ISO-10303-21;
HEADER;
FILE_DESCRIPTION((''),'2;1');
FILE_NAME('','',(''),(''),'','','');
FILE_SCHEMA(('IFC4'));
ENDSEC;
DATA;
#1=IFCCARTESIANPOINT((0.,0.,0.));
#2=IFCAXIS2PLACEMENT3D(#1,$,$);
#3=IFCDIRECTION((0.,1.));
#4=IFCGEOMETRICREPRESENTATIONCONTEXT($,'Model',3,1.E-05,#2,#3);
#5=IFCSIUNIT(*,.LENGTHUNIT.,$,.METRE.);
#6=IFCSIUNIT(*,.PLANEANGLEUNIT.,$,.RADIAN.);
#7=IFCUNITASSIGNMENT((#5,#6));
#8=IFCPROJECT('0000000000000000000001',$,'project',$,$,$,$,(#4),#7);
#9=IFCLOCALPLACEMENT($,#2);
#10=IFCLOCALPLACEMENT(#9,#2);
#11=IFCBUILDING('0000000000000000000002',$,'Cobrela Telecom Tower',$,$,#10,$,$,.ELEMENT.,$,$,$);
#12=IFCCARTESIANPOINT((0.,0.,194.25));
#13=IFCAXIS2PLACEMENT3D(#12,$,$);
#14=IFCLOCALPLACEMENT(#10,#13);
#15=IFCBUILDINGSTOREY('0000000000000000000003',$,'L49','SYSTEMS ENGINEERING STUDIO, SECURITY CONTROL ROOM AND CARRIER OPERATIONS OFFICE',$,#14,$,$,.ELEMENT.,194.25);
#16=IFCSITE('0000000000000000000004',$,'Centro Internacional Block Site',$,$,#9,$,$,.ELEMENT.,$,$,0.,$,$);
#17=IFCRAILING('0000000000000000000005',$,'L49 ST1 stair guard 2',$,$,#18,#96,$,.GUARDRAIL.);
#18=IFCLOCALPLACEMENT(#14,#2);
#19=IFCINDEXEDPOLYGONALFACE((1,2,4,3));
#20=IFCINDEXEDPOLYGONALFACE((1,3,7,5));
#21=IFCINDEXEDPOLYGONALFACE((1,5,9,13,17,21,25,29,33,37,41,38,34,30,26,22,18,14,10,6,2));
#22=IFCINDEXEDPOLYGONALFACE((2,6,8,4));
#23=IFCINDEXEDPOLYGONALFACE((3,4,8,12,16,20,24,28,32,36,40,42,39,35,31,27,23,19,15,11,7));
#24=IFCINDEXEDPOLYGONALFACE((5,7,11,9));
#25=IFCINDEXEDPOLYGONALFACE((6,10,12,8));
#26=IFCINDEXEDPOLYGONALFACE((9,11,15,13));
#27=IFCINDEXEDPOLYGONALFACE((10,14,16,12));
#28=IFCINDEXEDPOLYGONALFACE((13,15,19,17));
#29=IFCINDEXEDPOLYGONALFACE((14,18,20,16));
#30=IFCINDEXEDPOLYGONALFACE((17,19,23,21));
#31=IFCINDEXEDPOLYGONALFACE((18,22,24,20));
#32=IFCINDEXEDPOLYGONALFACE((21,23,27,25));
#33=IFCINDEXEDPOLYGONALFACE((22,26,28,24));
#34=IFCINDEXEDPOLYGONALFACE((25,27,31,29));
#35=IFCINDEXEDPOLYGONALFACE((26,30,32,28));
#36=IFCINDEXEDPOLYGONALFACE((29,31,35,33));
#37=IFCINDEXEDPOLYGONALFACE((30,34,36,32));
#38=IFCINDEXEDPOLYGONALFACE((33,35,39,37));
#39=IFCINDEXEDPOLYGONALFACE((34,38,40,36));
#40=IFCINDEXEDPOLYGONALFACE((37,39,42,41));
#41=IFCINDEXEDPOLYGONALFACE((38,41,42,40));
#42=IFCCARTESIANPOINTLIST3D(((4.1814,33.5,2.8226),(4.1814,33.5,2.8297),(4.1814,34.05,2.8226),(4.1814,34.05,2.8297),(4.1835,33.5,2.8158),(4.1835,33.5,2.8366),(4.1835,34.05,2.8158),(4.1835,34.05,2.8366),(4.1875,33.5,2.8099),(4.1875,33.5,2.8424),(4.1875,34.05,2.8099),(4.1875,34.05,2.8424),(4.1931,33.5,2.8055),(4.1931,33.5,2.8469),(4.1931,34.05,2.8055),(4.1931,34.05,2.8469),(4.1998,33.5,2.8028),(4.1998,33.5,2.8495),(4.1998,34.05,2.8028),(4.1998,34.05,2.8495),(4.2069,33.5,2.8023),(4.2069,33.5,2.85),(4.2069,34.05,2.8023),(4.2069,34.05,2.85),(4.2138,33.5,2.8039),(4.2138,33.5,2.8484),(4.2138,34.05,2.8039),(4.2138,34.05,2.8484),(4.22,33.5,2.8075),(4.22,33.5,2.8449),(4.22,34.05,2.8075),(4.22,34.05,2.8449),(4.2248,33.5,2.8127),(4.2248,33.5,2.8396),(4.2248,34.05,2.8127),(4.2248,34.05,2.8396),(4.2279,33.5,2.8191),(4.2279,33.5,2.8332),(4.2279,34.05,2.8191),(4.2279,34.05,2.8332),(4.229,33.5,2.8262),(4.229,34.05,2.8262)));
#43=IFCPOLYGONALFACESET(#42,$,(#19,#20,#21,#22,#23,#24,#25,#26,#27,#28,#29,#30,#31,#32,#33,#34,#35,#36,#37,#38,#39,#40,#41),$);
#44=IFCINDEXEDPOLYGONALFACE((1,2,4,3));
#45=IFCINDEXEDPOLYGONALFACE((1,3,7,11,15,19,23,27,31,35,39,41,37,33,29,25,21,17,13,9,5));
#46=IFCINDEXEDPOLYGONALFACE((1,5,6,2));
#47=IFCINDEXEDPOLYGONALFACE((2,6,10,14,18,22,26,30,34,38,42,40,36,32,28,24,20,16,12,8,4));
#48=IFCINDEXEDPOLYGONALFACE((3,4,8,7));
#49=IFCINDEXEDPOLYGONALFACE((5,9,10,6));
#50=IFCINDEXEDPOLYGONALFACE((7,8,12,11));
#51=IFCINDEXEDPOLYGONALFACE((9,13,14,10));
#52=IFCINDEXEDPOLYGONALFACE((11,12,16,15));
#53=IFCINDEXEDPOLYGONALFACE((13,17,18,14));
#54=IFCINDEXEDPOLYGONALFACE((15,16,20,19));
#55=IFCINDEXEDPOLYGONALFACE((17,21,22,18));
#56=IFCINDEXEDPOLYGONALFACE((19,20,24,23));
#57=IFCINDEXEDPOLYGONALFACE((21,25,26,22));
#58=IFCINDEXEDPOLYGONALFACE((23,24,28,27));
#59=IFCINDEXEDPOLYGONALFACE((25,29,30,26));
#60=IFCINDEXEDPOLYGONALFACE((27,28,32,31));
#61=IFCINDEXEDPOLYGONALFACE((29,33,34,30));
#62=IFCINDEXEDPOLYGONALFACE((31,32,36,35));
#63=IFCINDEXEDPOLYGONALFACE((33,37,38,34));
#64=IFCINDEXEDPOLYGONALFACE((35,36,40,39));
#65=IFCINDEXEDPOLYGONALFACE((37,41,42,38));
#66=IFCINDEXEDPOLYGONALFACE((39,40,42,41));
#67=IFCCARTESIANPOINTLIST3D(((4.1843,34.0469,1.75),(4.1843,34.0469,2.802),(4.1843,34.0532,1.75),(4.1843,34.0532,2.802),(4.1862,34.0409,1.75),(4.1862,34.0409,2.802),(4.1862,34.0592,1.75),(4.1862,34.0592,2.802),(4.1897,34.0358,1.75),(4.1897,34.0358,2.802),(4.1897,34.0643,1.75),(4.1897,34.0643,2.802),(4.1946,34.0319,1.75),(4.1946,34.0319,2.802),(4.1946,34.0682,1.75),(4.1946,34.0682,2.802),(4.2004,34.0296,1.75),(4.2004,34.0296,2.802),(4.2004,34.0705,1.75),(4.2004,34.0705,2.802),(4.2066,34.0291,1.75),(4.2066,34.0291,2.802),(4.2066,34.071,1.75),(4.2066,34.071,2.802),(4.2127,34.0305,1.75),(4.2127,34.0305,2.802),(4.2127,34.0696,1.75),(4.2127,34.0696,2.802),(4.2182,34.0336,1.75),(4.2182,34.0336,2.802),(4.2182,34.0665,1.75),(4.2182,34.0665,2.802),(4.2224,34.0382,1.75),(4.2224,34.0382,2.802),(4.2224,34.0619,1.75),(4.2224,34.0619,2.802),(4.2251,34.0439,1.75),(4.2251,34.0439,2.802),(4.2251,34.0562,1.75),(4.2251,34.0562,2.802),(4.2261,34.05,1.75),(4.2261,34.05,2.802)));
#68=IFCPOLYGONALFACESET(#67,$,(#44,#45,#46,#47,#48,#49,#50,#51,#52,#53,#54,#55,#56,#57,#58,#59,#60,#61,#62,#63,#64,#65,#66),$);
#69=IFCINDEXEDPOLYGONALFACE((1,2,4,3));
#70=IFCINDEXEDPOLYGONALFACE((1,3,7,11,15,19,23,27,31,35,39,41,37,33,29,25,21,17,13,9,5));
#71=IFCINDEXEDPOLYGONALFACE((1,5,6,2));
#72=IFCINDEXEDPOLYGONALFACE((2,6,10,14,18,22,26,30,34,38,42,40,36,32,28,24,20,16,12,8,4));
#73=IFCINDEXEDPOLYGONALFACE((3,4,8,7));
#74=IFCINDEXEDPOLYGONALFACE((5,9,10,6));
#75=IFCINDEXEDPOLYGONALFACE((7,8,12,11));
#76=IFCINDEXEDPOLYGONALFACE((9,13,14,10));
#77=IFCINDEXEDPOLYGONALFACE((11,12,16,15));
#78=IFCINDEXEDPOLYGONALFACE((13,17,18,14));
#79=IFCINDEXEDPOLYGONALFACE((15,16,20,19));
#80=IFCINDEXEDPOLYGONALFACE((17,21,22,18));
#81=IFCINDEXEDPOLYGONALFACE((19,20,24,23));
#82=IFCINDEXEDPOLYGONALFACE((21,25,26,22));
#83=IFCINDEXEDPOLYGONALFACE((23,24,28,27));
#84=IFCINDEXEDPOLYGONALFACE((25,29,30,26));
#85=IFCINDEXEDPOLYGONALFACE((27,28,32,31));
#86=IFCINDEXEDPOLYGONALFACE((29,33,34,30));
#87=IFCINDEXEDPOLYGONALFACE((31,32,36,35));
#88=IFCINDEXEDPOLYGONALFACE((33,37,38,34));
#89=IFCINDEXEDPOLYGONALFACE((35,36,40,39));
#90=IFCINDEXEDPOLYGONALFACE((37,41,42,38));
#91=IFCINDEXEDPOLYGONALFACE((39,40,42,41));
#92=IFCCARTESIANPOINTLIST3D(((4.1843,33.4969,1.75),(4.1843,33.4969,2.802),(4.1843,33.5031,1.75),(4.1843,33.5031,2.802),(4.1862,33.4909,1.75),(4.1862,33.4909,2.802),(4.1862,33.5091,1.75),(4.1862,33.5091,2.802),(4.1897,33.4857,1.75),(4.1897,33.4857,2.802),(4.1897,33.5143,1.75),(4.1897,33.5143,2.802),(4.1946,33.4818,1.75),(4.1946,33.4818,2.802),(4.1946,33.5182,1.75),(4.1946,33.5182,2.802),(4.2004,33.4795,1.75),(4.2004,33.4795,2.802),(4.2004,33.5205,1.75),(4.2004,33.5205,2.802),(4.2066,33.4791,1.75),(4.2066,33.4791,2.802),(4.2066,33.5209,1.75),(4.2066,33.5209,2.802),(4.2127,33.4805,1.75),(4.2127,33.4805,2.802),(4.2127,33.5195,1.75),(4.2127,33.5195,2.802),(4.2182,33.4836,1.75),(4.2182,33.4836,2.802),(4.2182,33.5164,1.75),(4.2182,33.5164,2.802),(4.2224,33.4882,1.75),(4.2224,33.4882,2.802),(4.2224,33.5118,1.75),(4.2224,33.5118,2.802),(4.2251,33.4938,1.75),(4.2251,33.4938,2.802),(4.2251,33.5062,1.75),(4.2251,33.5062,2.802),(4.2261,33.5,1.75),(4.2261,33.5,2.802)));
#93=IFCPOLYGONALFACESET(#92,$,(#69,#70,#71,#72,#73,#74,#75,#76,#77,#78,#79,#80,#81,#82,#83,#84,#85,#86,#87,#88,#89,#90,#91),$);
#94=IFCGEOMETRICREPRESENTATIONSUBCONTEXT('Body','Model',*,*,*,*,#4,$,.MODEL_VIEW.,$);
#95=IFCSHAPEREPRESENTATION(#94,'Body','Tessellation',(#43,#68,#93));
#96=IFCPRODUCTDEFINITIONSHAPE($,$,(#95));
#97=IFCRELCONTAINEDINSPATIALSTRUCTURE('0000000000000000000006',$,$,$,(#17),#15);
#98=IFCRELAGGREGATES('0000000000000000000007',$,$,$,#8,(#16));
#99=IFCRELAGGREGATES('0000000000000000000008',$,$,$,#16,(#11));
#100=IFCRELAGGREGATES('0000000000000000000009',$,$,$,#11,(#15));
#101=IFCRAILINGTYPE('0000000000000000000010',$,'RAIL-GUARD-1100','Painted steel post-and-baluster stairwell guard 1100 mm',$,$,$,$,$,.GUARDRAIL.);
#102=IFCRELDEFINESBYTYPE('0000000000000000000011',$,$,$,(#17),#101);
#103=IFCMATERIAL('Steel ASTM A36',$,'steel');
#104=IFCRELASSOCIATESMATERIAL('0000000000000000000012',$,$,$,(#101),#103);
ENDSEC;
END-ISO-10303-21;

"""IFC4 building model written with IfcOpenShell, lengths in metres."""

from ifc_helpers import new_model, si_unit, direction, frame, origin, origin_2d, place, context, subcontext, project, spatial, circle, extrude, material, type_object, element, save


model = new_model("IFC4")

# Units and contexts
model_context = context("Model", 3, precision=1e-05, world=origin(), true_north=direction((0.0, 1.0)))
body_context = subcontext(model_context, "Body", "Model", "MODEL_VIEW")
ifc_project = project(units=[si_unit("LENGTHUNIT", "METRE"), si_unit("PLANEANGLEUNIT", "RADIAN")], contexts=[model_context])

# Site, building, storey
site_placement = place(None, origin())
site = spatial("IfcSite", under=ifc_project, at=site_placement, Name="Centro Internacional Block Site", CompositionType="ELEMENT", RefElevation=0.0)
building_placement = place(site_placement, origin())
building = spatial("IfcBuilding", under=site, at=building_placement, Name="Cobrela Telecom Tower", CompositionType="ELEMENT")
storey_placement = place(building_placement, frame((0.0, 0.0, 194.25)))
storey = spatial("IfcBuildingStorey", under=building, at=storey_placement, Name="L49", Description="SYSTEMS ENGINEERING STUDIO, SECURITY CONTROL ROOM AND CARRIER OPERATIONS OFFICE", CompositionType="ELEMENT", Elevation=194.25)

# Shared definitions
ifc_material_1 = material(Name="Steel ASTM A36", Category="steel")

# Railing
railing_type_1 = type_object("IfcRailingType", Name="RAIL-GUARD-1100", Description="Painted steel post-and-baluster stairwell guard 1100 mm", PredefinedType="GUARDRAIL", material=ifc_material_1)
railing_1_placement = place(storey_placement, frame((4.2051, 34.05, 1.75)))
element("IfcRailing", 1, at=railing_1_placement, inside=storey, type_object=railing_type_1, Name="L49 ST1 stair guard 2", PredefinedType="GUARDRAIL", context=body_context, shape_type="SweptSolid", body=[
    extrude(circle(Radius=0.0239, at=origin_2d()), frame((0.0, 0.0, 1.0762), z_axis=(0.0, -1.0, 0.0), x_axis=(1.0, 0.0, 0.0)), (0.0, 0.0, 1.0), 0.55),
    extrude(circle(Radius=0.021, at=origin_2d()), origin(), (0.0, 0.0, 1.0), 1.052),
    extrude(circle(Radius=0.021, at=origin_2d()), frame((0.0, -0.55, 0.0)), (0.0, 0.0, 1.0), 1.052),
])

save(model, "model.ifc")
